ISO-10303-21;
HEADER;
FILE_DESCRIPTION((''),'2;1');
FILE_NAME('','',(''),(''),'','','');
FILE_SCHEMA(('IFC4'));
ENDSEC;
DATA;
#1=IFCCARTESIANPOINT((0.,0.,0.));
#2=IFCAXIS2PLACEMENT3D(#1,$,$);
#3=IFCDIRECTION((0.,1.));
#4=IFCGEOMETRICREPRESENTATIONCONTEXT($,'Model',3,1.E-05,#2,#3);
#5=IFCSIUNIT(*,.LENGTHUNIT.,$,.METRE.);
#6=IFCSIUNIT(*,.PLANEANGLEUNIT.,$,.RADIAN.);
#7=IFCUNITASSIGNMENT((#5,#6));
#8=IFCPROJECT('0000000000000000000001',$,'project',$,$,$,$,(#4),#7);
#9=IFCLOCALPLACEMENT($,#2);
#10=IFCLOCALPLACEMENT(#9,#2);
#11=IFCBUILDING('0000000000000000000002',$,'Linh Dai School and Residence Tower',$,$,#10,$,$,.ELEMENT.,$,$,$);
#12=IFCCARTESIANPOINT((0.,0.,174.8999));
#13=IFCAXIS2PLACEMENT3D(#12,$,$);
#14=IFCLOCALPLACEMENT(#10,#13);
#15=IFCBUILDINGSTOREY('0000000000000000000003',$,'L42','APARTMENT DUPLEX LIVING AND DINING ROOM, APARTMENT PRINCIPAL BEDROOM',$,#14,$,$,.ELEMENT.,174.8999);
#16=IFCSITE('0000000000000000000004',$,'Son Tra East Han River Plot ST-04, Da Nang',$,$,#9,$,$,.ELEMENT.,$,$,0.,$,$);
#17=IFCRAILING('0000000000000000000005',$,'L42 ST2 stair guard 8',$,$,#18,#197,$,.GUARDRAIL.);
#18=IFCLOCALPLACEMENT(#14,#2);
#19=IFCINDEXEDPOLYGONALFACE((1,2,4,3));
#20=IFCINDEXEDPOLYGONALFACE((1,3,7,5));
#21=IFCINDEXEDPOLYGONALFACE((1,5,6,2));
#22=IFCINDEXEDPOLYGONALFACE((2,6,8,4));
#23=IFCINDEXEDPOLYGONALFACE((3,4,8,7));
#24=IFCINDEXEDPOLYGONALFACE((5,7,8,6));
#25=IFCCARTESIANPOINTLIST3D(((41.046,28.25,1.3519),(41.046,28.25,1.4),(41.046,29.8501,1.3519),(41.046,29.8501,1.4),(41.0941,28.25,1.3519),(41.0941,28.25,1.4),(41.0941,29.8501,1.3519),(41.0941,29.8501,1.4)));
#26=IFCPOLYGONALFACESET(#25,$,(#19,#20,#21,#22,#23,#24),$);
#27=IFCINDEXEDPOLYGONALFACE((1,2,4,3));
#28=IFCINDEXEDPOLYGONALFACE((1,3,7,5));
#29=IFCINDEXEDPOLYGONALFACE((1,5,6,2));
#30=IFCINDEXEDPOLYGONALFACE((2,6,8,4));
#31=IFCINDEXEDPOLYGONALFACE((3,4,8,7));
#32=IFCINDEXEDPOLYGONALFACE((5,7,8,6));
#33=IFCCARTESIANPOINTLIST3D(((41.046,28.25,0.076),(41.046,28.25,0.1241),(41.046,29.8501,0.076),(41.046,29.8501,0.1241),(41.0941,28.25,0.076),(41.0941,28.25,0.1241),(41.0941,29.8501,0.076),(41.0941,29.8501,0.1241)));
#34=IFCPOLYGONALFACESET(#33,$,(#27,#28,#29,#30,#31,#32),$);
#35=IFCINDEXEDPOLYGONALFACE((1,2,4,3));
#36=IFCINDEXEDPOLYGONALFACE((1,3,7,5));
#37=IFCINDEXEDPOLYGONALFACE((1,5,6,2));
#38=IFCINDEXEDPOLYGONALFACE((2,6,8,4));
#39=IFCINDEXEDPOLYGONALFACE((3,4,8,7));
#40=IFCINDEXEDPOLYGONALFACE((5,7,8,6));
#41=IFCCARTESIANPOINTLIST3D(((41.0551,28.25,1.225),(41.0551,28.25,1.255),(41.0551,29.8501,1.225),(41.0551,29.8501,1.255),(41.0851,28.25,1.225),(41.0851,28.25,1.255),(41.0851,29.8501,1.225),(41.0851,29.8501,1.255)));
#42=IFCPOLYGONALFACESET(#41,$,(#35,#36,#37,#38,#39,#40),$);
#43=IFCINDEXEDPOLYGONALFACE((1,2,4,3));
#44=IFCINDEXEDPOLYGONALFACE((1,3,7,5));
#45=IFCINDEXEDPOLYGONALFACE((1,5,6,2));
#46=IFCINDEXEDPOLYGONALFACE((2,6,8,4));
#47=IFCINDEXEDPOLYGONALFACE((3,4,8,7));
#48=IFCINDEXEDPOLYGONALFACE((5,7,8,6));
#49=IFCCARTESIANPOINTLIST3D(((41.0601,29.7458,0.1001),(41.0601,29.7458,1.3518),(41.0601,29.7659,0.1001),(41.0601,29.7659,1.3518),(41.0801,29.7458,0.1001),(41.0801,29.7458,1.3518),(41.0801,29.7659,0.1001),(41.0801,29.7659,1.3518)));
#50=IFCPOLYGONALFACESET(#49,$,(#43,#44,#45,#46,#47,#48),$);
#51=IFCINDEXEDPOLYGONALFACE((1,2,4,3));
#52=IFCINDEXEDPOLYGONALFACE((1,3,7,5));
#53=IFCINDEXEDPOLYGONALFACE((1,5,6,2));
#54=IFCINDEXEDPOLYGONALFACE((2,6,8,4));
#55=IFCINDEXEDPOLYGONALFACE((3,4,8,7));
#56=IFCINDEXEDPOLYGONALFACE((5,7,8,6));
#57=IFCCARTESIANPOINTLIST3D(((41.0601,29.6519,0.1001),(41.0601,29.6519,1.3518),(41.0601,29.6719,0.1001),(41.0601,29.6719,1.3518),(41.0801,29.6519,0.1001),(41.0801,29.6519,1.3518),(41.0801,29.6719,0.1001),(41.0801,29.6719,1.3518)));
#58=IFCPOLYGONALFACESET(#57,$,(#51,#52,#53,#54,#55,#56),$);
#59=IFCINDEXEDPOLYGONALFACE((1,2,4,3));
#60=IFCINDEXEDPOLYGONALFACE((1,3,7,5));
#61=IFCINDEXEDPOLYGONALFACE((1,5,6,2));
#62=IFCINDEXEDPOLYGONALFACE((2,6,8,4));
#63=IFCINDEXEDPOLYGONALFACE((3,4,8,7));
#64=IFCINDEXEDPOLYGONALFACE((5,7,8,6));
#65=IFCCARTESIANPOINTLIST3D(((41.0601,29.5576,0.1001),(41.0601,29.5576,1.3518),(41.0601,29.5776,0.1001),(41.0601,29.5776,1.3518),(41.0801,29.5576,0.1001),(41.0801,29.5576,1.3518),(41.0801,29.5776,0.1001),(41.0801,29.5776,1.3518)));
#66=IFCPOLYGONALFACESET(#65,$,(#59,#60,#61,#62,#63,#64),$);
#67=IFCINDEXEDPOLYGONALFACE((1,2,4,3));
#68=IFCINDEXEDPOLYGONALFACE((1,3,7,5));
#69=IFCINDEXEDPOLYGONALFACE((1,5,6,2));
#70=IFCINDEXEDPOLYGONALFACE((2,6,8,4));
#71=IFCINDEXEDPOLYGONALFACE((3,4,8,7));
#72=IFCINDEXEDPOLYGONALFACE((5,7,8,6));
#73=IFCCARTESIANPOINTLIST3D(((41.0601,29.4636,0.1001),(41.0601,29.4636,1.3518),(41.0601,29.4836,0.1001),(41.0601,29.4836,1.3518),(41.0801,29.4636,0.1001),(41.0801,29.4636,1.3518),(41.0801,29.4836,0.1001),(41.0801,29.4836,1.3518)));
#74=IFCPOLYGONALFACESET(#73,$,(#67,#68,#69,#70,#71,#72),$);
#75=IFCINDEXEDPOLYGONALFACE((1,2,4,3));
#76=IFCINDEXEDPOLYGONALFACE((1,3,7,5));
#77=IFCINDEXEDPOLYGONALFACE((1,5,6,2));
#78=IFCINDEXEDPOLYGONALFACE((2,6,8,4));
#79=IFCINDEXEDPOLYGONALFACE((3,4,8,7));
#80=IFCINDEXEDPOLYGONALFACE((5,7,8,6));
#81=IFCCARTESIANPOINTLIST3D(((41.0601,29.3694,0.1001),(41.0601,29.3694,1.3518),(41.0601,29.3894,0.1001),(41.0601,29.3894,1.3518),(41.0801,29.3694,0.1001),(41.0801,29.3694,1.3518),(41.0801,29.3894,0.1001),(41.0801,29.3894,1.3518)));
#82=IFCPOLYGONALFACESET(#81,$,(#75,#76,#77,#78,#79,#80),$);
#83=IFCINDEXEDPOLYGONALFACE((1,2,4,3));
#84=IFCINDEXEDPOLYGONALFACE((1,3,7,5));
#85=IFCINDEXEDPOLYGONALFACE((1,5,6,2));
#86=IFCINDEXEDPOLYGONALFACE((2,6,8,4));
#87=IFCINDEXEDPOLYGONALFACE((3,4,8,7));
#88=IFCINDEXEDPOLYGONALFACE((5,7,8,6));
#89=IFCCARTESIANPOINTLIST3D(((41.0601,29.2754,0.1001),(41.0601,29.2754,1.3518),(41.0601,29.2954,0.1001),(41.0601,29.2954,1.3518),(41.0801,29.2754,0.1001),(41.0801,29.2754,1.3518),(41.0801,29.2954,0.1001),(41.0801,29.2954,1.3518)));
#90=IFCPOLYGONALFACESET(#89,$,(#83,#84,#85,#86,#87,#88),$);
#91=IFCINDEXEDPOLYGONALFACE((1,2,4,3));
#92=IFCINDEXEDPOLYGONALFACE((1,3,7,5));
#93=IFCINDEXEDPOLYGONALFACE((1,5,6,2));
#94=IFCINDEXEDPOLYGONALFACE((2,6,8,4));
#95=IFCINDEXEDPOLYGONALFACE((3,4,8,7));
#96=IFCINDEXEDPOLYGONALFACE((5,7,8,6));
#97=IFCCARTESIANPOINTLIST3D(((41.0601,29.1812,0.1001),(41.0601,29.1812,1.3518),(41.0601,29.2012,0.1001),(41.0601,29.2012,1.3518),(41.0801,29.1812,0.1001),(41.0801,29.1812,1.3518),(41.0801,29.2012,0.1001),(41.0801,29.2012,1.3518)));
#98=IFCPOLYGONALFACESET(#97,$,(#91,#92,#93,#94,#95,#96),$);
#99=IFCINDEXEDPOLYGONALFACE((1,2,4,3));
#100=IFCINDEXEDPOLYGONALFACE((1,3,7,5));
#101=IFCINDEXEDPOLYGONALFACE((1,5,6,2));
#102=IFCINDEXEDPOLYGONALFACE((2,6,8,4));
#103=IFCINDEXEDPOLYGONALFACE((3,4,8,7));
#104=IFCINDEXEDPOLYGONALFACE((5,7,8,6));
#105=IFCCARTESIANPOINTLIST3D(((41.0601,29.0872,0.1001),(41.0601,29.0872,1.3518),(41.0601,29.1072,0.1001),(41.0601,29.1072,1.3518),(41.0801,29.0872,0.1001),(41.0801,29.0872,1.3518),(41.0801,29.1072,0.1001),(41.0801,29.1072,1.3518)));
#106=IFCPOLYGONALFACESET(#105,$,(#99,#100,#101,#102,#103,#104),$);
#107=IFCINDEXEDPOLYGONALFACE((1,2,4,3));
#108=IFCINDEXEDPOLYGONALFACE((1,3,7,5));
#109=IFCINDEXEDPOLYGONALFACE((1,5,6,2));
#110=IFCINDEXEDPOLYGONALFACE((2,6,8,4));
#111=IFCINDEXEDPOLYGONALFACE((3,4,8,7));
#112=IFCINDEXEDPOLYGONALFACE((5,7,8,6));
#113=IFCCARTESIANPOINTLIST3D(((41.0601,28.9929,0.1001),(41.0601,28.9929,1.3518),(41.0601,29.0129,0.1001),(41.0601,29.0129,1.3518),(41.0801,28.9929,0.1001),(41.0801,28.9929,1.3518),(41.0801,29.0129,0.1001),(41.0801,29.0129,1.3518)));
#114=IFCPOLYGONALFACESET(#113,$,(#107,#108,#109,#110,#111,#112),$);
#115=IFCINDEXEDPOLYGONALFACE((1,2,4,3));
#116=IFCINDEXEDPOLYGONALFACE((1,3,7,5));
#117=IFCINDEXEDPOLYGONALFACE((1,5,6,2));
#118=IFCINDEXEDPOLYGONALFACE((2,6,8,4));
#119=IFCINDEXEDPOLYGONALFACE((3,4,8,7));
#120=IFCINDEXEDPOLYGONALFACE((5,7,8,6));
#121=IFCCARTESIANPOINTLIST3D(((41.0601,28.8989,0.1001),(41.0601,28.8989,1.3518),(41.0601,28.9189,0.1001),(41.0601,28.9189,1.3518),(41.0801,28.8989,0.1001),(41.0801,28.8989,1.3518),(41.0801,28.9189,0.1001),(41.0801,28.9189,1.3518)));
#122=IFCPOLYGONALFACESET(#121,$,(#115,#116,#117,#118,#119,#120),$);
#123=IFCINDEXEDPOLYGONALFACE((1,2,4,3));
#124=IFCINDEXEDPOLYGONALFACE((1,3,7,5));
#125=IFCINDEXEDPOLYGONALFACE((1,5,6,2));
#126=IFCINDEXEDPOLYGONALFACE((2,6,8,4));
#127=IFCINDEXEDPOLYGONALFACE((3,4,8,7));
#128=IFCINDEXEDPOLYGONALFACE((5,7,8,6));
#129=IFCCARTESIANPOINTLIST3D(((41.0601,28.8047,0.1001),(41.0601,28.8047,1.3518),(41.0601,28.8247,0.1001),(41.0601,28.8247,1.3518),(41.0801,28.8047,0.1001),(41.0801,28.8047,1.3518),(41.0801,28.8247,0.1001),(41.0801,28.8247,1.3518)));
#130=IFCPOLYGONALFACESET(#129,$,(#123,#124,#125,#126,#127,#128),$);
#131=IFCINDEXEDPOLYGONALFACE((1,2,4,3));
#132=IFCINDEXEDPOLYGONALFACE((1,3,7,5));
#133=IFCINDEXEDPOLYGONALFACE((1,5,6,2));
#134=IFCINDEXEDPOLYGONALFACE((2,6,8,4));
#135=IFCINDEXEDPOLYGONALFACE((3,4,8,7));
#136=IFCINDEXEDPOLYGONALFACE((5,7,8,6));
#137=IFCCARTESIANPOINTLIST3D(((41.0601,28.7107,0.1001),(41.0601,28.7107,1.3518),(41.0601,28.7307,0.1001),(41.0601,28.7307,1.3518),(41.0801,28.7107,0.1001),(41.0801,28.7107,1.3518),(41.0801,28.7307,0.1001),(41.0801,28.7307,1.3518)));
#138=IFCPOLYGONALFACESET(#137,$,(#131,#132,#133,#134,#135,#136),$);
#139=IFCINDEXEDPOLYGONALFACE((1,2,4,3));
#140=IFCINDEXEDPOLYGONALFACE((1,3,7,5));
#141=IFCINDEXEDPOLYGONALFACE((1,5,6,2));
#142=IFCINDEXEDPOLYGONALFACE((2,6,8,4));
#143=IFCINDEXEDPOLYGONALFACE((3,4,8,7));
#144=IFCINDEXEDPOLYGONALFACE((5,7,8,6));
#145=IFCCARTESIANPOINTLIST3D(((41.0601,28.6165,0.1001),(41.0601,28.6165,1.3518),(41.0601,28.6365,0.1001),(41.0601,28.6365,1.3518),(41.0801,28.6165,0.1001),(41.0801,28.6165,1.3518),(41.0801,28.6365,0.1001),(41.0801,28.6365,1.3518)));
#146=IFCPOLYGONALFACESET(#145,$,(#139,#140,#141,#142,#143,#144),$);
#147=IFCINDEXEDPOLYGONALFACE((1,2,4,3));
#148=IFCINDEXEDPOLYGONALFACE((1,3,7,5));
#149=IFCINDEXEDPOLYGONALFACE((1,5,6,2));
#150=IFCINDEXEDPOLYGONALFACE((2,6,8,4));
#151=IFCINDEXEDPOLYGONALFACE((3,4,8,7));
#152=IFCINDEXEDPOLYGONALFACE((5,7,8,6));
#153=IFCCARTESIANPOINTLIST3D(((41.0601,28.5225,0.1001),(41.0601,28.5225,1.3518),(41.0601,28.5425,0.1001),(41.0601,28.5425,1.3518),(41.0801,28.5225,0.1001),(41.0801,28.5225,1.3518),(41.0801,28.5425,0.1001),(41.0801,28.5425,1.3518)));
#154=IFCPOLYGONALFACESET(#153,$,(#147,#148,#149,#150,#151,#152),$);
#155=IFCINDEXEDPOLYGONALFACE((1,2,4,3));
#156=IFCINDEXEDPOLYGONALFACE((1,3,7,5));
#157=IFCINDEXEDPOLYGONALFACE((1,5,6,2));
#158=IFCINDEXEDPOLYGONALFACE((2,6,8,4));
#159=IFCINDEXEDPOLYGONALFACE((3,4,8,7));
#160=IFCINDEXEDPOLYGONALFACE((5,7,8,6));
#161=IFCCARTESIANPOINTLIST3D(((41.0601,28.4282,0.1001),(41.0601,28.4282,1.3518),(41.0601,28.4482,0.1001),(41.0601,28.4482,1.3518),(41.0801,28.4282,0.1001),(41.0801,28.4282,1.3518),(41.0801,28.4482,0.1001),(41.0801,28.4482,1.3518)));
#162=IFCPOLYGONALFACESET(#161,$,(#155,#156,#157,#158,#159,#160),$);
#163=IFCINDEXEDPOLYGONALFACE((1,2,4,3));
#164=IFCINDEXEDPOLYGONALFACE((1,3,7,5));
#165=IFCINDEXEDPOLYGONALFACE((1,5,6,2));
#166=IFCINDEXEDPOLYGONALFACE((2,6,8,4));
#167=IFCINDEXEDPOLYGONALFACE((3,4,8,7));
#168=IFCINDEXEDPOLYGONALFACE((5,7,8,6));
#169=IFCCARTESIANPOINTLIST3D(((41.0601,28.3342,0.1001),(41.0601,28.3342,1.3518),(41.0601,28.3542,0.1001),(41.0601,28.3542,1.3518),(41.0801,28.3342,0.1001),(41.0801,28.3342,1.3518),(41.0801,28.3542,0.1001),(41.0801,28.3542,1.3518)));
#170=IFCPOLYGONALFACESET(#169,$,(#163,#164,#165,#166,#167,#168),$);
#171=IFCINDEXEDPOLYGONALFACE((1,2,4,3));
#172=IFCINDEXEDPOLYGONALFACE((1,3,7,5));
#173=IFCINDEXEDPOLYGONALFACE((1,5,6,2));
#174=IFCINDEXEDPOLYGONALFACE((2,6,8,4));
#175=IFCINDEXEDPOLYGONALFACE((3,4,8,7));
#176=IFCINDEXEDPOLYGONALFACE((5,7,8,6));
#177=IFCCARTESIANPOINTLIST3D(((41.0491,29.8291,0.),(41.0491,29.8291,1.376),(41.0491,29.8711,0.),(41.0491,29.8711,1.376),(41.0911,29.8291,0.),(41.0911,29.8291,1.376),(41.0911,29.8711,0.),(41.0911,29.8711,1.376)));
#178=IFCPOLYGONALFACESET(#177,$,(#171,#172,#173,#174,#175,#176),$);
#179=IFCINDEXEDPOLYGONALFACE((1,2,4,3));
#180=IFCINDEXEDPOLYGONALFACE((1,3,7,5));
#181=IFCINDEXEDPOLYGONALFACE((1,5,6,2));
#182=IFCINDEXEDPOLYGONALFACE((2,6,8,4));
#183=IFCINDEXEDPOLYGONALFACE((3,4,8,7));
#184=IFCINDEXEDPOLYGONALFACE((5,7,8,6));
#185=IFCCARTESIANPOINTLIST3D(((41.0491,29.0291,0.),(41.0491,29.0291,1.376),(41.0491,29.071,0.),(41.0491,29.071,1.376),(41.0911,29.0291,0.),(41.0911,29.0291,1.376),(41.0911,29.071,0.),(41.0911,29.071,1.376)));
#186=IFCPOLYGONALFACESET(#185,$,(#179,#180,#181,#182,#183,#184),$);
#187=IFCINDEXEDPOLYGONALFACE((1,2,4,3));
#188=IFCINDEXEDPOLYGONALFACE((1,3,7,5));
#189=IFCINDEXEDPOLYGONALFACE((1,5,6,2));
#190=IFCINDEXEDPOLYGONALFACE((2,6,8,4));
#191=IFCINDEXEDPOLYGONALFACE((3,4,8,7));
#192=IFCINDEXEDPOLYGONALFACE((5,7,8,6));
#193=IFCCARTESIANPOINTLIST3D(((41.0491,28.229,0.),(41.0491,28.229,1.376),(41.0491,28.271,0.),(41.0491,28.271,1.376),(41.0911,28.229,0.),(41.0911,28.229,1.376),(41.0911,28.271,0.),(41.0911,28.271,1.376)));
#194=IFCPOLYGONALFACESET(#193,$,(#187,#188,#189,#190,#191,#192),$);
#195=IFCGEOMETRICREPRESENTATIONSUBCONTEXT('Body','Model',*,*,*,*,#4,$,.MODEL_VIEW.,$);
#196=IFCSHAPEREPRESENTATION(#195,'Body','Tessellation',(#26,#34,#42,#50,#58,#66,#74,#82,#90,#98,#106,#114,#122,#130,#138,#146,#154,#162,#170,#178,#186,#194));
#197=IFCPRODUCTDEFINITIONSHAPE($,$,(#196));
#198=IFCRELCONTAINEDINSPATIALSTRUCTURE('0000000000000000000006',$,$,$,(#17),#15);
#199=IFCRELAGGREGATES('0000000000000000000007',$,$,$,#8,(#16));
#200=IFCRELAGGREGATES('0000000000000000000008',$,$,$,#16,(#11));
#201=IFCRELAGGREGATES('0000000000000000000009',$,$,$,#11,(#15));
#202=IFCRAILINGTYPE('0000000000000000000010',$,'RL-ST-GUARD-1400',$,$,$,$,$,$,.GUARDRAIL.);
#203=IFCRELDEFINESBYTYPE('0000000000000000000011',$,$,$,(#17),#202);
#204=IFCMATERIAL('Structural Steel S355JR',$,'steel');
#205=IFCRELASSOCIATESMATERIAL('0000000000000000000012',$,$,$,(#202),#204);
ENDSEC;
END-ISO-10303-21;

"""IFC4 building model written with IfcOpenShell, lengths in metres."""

from ifc_helpers import new_model, si_unit, direction, frame, origin, origin_2d, place, context, subcontext, project, spatial, rectangle, extrude, source, transform, mapped, material, type_object, element, save


model = new_model("IFC4")

# Units and contexts
model_context = context("Model", 3, precision=1e-05, world=origin(), true_north=direction((0.0, 1.0)))
body_context = subcontext(model_context, "Body", "Model", "MODEL_VIEW")
ifc_project = project(units=[si_unit("LENGTHUNIT", "METRE"), si_unit("PLANEANGLEUNIT", "RADIAN")], contexts=[model_context])

# Site, building, storey
site_placement = place(None, origin())
site = spatial("IfcSite", under=ifc_project, at=site_placement, Name="Son Tra East Han River Plot ST-04, Da Nang", CompositionType="ELEMENT", RefElevation=0.0)
building_placement = place(site_placement, origin())
building = spatial("IfcBuilding", under=site, at=building_placement, Name="Linh Dai School and Residence Tower", CompositionType="ELEMENT")
storey_placement = place(building_placement, frame((0.0, 0.0, 174.8999)))
storey = spatial("IfcBuildingStorey", under=building, at=storey_placement, Name="L42", Description="APARTMENT DUPLEX LIVING AND DINING ROOM, APARTMENT PRINCIPAL BEDROOM", CompositionType="ELEMENT", Elevation=174.8999)

# Shared definitions
ifc_material_1 = material(Name="Structural Steel S355JR", Category="steel")

# Railing
railing_type_1 = type_object("IfcRailingType", Name="RL-ST-GUARD-1400", PredefinedType="GUARDRAIL", material=ifc_material_1)
shared_shape_1 = source(origin(), body_context, "Body", "SweptSolid", [
    extrude(rectangle(XDim=0.0481, YDim=0.0481, at=origin_2d()), frame((0.0, 0.0, 1.376), z_axis=(0.0, -1.0, 0.0), x_axis=(1.0, 0.0, 0.0)), (0.0, 0.0, 1.0), 1.6001),
    extrude(rectangle(XDim=0.0481, YDim=0.0481, at=origin_2d()), frame((0.0, 0.0, 0.1001), z_axis=(0.0, -1.0, 0.0), x_axis=(1.0, 0.0, 0.0)), (0.0, 0.0, 1.0), 1.6001),
    extrude(rectangle(XDim=0.03, YDim=0.03, at=origin_2d()), frame((0.0, 0.0, 1.24), z_axis=(0.0, -1.0, 0.0), x_axis=(1.0, 0.0, 0.0)), (0.0, 0.0, 1.0), 1.6001),
    extrude(rectangle(XDim=0.02, YDim=0.02, at=origin_2d()), frame((0.0, -0.0942, 0.1001)), (0.0, 0.0, 1.0), 1.2517),
    extrude(rectangle(XDim=0.02, YDim=0.02, at=origin_2d()), frame((0.0, -0.1882, 0.1001)), (0.0, 0.0, 1.0), 1.2517),
    extrude(rectangle(XDim=0.02, YDim=0.02, at=origin_2d()), frame((0.0, -0.2825, 0.1001)), (0.0, 0.0, 1.0), 1.2517),
    extrude(rectangle(XDim=0.02, YDim=0.02, at=origin_2d()), frame((0.0, -0.3765, 0.1001)), (0.0, 0.0, 1.0), 1.2517),
    extrude(rectangle(XDim=0.02, YDim=0.02, at=origin_2d()), frame((0.0, -0.4707, 0.1001)), (0.0, 0.0, 1.0), 1.2517),
    extrude(rectangle(XDim=0.02, YDim=0.02, at=origin_2d()), frame((0.0, -0.5647, 0.1001)), (0.0, 0.0, 1.0), 1.2517),
    extrude(rectangle(XDim=0.02, YDim=0.02, at=origin_2d()), frame((0.0, -0.6589, 0.1001)), (0.0, 0.0, 1.0), 1.2517),
    extrude(rectangle(XDim=0.02, YDim=0.02, at=origin_2d()), frame((0.0, -0.7529, 0.1001)), (0.0, 0.0, 1.0), 1.2517),
    extrude(rectangle(XDim=0.02, YDim=0.02, at=origin_2d()), frame((0.0, -0.8472, 0.1001)), (0.0, 0.0, 1.0), 1.2517),
    extrude(rectangle(XDim=0.02, YDim=0.02, at=origin_2d()), frame((0.0, -0.9412, 0.1001)), (0.0, 0.0, 1.0), 1.2517),
    extrude(rectangle(XDim=0.02, YDim=0.02, at=origin_2d()), frame((0.0, -1.0354, 0.1001)), (0.0, 0.0, 1.0), 1.2517),
    extrude(rectangle(XDim=0.02, YDim=0.02, at=origin_2d()), frame((0.0, -1.1294, 0.1001)), (0.0, 0.0, 1.0), 1.2517),
    extrude(rectangle(XDim=0.02, YDim=0.02, at=origin_2d()), frame((0.0, -1.2236, 0.1001)), (0.0, 0.0, 1.0), 1.2517),
    extrude(rectangle(XDim=0.02, YDim=0.02, at=origin_2d()), frame((0.0, -1.3176, 0.1001)), (0.0, 0.0, 1.0), 1.2517),
    extrude(rectangle(XDim=0.02, YDim=0.02, at=origin_2d()), frame((0.0, -1.4119, 0.1001)), (0.0, 0.0, 1.0), 1.2517),
    extrude(rectangle(XDim=0.02, YDim=0.02, at=origin_2d()), frame((0.0, -1.5059, 0.1001)), (0.0, 0.0, 1.0), 1.2517),
    extrude(rectangle(XDim=0.042, YDim=0.042, at=origin_2d()), origin(), (0.0, 0.0, 1.0), 1.376),
    extrude(rectangle(XDim=0.042, YDim=0.042, at=origin_2d()), frame((0.0, -0.8, 0.0)), (0.0, 0.0, 1.0), 1.376),
    extrude(rectangle(XDim=0.042, YDim=0.042, at=origin_2d()), frame((0.0, -1.6001, 0.0)), (0.0, 0.0, 1.0), 1.376),
])
for number, where, name in (
    (1, (41.0701, 29.8501, 0.0), "L42 ST2 stair guard 8"),
):
    element("IfcRailing", number, at=place(storey_placement, frame(where)), inside=storey, type_object=railing_type_1, Name=name, PredefinedType="GUARDRAIL", context=body_context, shape_type="MappedRepresentation", body=[
        mapped(shared_shape_1, transform((0.0, 0.0, 0.0), x_axis=(1.0, 0.0, 0.0), y_axis=(0.0, 1.0, 0.0), z_axis=(0.0, 0.0, 1.0), scale=1.0)),
    ])

save(model, "model.ifc")
